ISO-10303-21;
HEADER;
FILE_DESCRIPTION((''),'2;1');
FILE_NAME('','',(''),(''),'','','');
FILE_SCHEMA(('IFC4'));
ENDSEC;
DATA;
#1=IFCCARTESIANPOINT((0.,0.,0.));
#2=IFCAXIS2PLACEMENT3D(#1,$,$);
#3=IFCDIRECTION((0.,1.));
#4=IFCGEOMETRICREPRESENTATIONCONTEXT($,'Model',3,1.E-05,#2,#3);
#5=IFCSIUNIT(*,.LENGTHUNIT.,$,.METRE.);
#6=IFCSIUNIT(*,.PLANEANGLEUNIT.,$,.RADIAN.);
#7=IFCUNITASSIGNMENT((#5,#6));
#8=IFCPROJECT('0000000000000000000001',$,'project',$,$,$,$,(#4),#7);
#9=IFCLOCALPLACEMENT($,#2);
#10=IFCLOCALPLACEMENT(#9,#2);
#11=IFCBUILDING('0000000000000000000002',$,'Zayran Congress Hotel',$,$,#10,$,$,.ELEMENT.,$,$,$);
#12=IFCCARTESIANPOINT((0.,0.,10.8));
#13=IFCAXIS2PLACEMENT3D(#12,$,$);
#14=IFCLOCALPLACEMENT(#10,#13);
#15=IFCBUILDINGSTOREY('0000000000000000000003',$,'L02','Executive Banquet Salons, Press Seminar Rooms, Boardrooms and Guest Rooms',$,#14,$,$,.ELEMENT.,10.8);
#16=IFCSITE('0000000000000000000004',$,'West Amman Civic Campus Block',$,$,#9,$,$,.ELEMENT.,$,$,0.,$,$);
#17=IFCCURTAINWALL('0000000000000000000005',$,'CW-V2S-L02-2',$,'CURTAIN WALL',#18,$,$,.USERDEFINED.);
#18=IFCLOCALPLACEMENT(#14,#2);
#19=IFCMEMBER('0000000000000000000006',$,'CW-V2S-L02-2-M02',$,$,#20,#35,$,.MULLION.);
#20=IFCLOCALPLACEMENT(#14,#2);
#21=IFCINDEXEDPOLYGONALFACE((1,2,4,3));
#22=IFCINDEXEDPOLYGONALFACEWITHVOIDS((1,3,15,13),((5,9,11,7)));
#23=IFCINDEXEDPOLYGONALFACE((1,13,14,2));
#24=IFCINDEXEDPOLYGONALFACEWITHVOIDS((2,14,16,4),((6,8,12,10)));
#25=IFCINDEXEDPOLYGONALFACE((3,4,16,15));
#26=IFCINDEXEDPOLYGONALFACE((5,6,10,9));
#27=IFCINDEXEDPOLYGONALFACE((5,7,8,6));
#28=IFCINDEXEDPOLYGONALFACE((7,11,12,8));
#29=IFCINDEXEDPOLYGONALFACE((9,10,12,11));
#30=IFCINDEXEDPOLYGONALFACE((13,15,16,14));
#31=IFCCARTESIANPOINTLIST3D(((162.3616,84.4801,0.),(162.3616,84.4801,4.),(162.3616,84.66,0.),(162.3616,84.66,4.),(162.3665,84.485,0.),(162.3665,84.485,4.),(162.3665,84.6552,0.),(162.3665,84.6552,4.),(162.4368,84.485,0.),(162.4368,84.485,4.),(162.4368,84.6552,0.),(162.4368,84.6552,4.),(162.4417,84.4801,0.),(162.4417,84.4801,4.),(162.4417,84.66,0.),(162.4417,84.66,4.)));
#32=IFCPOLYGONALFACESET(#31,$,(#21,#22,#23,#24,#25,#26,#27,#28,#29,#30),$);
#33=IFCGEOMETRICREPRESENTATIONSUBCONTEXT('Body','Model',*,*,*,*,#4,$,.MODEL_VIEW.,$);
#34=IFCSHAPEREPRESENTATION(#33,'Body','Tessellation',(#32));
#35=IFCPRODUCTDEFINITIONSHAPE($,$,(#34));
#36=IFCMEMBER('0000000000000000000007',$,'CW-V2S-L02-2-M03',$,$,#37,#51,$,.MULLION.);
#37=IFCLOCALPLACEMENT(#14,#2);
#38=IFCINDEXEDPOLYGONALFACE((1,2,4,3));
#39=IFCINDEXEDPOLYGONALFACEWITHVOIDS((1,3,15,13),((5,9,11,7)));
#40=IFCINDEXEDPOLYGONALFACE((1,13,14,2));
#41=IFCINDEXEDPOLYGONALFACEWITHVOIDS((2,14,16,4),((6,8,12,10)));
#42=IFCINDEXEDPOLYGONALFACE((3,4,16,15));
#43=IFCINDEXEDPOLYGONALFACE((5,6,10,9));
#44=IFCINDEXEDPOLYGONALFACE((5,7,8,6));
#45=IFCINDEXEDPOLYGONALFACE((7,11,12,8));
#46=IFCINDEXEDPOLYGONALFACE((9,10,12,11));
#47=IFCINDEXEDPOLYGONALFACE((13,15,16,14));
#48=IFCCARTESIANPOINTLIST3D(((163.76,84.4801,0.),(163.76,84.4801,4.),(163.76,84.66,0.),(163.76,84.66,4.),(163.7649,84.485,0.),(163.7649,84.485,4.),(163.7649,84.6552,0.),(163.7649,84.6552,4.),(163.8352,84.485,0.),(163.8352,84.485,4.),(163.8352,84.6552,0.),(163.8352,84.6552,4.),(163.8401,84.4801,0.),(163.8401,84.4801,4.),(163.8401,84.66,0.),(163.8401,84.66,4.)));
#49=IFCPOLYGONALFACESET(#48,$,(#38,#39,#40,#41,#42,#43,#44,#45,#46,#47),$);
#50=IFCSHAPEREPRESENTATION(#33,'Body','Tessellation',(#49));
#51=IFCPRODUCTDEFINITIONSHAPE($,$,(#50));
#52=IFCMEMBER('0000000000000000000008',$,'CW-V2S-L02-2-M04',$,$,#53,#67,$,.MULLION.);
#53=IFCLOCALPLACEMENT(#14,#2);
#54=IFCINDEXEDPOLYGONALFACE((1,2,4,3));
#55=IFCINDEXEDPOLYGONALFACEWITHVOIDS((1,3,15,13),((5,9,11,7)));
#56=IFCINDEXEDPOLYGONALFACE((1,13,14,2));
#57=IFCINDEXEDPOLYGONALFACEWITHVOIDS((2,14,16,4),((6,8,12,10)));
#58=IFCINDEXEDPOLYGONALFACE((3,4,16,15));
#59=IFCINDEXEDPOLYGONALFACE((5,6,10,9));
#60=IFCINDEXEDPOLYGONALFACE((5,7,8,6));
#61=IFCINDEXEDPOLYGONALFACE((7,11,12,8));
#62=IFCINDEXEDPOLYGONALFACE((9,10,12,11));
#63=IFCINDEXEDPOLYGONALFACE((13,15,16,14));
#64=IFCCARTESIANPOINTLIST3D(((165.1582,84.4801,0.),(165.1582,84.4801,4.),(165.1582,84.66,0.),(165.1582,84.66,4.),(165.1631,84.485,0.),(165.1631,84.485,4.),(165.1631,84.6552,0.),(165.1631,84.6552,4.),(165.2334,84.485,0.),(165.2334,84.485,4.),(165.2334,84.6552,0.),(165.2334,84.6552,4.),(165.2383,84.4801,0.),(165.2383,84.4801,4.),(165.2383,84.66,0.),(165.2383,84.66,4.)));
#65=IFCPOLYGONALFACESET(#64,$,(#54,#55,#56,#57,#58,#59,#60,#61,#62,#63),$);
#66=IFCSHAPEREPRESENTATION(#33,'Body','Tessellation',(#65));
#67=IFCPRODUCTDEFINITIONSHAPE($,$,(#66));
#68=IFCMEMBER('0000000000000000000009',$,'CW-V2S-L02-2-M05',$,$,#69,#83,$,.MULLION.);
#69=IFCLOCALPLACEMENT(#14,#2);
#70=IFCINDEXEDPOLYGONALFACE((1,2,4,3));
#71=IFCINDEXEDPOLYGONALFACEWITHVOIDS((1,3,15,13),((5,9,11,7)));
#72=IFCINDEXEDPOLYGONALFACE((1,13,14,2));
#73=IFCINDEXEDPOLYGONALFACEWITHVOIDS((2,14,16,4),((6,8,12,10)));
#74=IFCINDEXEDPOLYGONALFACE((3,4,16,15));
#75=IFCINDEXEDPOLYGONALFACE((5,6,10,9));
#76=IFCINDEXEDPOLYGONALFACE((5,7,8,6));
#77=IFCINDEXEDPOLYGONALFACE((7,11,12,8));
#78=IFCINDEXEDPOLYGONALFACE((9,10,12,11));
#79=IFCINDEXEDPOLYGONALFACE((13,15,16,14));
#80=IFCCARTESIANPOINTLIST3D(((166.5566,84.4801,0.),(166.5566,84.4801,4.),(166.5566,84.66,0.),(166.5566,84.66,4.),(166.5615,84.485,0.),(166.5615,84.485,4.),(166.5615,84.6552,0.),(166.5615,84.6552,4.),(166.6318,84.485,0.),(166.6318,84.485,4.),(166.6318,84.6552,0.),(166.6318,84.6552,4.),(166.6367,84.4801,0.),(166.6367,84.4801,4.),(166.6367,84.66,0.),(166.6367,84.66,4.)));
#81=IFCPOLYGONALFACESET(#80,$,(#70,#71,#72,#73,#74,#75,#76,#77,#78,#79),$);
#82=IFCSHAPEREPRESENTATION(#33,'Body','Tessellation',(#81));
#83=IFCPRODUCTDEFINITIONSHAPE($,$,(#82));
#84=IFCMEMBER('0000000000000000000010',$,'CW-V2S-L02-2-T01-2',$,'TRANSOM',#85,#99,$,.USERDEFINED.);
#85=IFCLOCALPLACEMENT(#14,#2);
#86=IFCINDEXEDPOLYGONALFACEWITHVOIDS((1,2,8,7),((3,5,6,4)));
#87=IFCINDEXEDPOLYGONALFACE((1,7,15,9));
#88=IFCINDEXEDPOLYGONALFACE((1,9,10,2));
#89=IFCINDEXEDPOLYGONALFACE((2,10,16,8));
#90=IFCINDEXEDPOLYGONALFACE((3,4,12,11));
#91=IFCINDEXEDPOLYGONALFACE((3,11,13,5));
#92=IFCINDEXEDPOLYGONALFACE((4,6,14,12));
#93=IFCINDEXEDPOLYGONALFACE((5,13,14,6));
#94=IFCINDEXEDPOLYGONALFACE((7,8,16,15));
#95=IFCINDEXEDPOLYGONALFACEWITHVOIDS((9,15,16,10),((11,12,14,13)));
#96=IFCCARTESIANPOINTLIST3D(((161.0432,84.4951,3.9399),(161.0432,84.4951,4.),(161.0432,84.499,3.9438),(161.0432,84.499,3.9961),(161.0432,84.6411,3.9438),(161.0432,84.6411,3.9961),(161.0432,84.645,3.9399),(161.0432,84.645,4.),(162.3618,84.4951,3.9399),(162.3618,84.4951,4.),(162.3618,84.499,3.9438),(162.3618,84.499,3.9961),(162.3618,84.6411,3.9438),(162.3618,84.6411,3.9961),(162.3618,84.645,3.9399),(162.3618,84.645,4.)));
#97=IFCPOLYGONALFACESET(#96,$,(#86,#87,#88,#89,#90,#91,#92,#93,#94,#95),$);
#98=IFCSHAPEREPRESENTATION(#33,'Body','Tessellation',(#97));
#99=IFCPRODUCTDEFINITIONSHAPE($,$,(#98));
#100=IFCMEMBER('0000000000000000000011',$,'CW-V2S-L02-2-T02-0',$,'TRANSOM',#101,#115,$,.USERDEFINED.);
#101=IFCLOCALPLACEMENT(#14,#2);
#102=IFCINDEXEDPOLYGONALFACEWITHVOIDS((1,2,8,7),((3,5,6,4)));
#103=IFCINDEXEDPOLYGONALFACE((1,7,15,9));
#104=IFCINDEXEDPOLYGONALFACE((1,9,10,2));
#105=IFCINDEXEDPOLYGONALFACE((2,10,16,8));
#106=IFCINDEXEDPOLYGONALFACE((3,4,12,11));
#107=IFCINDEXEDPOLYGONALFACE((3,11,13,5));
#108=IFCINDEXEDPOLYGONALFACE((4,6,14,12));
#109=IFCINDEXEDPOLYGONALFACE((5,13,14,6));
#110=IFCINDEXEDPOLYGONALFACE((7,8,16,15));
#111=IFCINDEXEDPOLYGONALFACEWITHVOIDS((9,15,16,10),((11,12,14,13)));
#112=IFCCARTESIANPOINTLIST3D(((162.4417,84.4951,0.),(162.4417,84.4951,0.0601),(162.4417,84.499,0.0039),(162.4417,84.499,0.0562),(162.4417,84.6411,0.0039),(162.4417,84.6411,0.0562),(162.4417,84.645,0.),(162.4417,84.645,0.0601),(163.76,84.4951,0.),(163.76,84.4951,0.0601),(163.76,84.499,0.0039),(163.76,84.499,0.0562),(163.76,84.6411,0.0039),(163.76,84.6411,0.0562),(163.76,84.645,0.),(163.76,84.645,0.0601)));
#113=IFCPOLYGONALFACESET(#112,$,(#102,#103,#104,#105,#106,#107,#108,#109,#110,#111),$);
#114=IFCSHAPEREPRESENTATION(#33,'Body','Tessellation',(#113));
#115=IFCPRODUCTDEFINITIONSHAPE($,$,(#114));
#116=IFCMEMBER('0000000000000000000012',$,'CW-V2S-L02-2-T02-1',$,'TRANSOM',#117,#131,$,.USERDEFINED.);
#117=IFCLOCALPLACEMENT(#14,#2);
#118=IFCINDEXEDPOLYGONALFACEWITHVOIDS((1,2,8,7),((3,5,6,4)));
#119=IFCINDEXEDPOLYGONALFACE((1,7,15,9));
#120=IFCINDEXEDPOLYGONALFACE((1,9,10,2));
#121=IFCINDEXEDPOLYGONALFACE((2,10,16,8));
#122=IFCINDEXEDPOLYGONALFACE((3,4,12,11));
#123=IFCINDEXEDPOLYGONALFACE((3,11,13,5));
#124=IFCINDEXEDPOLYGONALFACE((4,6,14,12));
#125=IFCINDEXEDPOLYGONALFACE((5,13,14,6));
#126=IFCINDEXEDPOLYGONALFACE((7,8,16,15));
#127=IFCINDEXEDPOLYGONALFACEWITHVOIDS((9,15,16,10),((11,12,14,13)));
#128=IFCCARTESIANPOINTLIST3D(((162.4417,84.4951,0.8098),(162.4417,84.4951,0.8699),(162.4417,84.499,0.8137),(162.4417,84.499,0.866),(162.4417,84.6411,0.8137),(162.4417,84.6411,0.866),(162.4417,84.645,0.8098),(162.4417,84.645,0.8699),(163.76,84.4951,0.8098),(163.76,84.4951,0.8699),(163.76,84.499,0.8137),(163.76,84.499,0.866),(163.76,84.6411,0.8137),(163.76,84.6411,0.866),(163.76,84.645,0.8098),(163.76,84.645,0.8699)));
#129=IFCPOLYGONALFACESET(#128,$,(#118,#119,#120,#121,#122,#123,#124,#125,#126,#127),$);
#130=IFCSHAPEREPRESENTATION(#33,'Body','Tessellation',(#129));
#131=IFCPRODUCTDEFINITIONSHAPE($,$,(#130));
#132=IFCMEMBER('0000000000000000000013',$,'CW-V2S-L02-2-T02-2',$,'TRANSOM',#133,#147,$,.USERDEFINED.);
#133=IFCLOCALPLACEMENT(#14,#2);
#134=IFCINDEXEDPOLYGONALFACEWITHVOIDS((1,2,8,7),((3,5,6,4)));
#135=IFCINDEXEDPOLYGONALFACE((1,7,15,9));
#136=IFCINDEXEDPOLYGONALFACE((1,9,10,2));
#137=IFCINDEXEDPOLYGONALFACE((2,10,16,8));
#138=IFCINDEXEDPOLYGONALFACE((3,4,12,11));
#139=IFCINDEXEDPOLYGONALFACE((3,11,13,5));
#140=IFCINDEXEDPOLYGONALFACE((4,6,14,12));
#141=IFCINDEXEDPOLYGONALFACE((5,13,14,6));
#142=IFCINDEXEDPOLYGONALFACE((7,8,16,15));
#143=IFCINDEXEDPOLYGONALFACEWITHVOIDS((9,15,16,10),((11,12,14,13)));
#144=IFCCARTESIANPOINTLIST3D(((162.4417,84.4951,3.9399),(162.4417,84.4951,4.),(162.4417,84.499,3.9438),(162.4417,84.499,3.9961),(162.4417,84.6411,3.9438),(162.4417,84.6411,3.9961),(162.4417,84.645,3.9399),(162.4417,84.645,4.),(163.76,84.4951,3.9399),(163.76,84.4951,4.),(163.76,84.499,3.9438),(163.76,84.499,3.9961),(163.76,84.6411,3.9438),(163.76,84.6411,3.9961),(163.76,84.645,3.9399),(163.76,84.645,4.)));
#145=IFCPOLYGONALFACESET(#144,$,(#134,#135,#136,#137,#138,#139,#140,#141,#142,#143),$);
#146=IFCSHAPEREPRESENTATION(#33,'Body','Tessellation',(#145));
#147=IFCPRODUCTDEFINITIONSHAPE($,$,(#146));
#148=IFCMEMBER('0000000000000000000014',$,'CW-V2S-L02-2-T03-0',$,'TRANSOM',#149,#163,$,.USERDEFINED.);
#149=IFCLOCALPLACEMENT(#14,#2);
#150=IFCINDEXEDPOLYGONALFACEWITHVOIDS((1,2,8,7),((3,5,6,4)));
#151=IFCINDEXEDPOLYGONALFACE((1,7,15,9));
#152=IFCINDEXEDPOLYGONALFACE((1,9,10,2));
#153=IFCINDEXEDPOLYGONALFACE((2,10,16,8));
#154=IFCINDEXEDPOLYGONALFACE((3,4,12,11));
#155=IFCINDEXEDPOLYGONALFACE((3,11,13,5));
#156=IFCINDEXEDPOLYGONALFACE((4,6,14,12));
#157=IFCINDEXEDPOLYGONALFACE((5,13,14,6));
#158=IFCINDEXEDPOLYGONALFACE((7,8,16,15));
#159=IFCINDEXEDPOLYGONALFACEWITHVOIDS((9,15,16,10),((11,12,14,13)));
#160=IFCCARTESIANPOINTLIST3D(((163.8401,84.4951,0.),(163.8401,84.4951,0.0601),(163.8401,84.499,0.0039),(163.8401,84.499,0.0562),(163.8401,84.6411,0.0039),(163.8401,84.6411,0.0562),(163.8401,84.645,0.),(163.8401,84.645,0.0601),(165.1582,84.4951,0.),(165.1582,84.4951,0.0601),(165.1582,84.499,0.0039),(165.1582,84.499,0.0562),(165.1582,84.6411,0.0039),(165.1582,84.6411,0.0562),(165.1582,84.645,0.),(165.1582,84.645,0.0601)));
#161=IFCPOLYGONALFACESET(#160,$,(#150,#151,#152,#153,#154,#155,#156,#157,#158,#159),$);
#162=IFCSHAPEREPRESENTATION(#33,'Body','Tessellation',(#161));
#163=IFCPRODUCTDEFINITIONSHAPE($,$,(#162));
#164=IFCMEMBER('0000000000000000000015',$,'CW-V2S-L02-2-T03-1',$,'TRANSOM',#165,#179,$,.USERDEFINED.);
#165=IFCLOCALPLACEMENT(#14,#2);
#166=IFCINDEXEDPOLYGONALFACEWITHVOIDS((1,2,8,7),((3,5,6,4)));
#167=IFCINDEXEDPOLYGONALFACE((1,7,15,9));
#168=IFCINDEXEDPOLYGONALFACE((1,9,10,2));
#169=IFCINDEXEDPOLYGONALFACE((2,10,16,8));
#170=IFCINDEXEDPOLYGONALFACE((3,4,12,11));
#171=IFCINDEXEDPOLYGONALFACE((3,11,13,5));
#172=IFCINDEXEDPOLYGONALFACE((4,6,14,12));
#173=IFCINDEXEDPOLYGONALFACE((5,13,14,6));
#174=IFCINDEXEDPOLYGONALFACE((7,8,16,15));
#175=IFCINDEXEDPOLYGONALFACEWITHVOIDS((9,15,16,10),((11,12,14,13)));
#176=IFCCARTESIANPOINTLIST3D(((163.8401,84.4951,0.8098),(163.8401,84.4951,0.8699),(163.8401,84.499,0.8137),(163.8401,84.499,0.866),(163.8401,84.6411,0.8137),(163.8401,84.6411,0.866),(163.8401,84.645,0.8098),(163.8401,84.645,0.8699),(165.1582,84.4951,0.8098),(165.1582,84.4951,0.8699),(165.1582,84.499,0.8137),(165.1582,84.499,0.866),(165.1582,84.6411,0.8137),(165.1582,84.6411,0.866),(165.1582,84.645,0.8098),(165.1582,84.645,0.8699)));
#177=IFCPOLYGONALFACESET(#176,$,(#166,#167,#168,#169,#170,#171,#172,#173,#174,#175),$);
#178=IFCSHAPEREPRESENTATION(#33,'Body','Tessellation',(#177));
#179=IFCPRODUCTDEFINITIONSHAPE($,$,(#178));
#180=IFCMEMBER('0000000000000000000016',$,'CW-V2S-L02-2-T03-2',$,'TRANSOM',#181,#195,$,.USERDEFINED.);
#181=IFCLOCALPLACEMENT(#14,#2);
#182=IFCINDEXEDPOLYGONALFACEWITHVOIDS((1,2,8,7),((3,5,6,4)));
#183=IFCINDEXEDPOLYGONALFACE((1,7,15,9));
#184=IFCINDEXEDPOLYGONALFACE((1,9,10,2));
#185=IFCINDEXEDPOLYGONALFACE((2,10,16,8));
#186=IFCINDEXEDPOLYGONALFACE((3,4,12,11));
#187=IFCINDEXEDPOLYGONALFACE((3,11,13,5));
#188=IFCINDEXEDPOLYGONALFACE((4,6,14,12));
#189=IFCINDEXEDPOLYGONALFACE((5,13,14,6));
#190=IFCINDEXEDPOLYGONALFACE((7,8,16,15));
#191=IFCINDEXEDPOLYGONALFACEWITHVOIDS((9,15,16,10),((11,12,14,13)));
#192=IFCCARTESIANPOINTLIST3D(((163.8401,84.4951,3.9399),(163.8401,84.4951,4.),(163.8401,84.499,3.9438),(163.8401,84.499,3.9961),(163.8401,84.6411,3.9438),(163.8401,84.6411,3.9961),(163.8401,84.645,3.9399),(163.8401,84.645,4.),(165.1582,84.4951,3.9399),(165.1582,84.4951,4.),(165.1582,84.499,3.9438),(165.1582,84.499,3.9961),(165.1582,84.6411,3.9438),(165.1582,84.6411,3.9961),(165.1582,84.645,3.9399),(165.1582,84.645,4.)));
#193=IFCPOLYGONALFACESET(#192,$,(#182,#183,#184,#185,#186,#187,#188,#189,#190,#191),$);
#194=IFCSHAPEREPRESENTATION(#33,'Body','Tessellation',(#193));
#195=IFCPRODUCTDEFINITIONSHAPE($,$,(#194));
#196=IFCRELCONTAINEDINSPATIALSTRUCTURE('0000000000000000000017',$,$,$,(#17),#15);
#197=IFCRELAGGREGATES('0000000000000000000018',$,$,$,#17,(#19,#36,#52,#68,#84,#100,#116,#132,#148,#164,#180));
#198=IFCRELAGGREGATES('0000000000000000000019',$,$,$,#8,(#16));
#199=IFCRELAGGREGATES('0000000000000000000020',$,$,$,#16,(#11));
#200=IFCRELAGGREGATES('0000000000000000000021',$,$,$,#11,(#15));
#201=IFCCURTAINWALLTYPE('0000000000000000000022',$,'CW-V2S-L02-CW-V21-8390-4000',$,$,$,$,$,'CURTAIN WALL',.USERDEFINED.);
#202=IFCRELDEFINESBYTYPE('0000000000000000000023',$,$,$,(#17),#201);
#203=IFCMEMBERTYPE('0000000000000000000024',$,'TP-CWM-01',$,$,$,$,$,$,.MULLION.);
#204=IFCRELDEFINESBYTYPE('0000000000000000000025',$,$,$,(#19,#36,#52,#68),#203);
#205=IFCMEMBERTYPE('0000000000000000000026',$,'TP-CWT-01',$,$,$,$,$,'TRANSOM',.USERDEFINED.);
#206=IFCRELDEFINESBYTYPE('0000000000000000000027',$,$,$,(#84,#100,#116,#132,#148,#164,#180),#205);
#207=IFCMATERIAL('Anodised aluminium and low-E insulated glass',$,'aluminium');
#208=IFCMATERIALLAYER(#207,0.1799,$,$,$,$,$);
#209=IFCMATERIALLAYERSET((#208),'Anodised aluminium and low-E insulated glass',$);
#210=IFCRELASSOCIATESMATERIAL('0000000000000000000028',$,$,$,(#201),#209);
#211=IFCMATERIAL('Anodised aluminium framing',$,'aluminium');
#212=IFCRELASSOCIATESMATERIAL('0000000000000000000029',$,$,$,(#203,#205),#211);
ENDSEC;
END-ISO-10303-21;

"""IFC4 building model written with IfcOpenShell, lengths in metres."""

from ifc_helpers import new_model, si_unit, direction, frame, origin, origin_2d, place, context, subcontext, project, spatial, hollow_rectangle, extrude, material, layer, layer_set, material_profile, profile_set, type_object, element, aggregate, save


model = new_model("IFC4")

# Units and contexts
model_context = context("Model", 3, precision=1e-05, world=origin(), true_north=direction((0.0, 1.0)))
body_context = subcontext(model_context, "Body", "Model", "MODEL_VIEW")
ifc_project = project(units=[si_unit("LENGTHUNIT", "METRE"), si_unit("PLANEANGLEUNIT", "RADIAN")], contexts=[model_context])

# Site, building, storey
site_placement = place(None, origin())
site = spatial("IfcSite", under=ifc_project, at=site_placement, Name="West Amman Civic Campus Block", CompositionType="ELEMENT", RefElevation=0.0)
building_placement = place(site_placement, origin())
building = spatial("IfcBuilding", under=site, at=building_placement, Name="Zayran Congress Hotel", CompositionType="ELEMENT")
storey_placement = place(building_placement, frame((0.0, 0.0, 10.8)))
storey = spatial("IfcBuildingStorey", under=building, at=storey_placement, Name="L02", Description="Executive Banquet Salons, Press Seminar Rooms, Boardrooms and Guest Rooms", CompositionType="ELEMENT", Elevation=10.8)

# Curtain wall, members
ifc_material_1 = material(Name="Anodised aluminium and low-E insulated glass", Category="aluminium")
ifc_layer_1 = layer(ifc_material_1, 0.1799)
ifc_layer_set_1 = layer_set([ifc_layer_1], Name="Anodised aluminium and low-E insulated glass")
curtain_wall_type = type_object("IfcCurtainWallType", Name="CW-V2S-L02-CW-V21-8390-4000", ElementType="CURTAIN WALL", PredefinedType="USERDEFINED", material=ifc_layer_set_1)
curtain_wall_placement = place(storey_placement, origin())
curtain_wall = element("IfcCurtainWall", 1, at=curtain_wall_placement, inside=storey, type_object=curtain_wall_type, Name="CW-V2S-L02-2", ObjectType="CURTAIN WALL", PredefinedType="USERDEFINED")
ifc_material_2 = material(Name="Anodised aluminium framing", Category="aluminium")
ifc_material_profile_1 = material_profile(ifc_material_2, hollow_rectangle(XDim=0.0801, YDim=0.1799, WallThickness=0.0049, at=origin_2d()), Name="RHS 180x80x5")
ifc_profile_set_1 = profile_set([ifc_material_profile_1], Name="Anodised aluminium framing")
member_type_1 = type_object("IfcMemberType", Name="TP-CWM-01", PredefinedType="MULLION", material=ifc_profile_set_1)
member_1_placement = place(storey_placement, frame((162.4016, 84.5701, 0.0), z_axis=(0.0, 0.0, 1.0), x_axis=(1.0, 0.0, 0.0)))
member_1 = element("IfcMember", 2, at=member_1_placement, type_object=member_type_1, Name="CW-V2S-L02-2-M02", PredefinedType="MULLION", context=body_context, shape_type="SweptSolid", body=[
    extrude(hollow_rectangle(XDim=0.0801, YDim=0.1799, WallThickness=0.0049, at=origin_2d()), origin(), (0.0, 0.0, 1.0), 4.0),
])
member_2_placement = place(storey_placement, frame((163.8, 84.5701, 0.0), z_axis=(0.0, 0.0, 1.0), x_axis=(1.0, 0.0, 0.0)))
member_2 = element("IfcMember", 3, at=member_2_placement, type_object=member_type_1, Name="CW-V2S-L02-2-M03", PredefinedType="MULLION", context=body_context, shape_type="SweptSolid", body=[
    extrude(hollow_rectangle(XDim=0.0801, YDim=0.1799, WallThickness=0.0049, at=origin_2d()), origin(), (0.0, 0.0, 1.0), 4.0),
])
member_3_placement = place(storey_placement, frame((165.1982, 84.5701, 0.0), z_axis=(0.0, 0.0, 1.0), x_axis=(1.0, 0.0, 0.0)))
member_3 = element("IfcMember", 4, at=member_3_placement, type_object=member_type_1, Name="CW-V2S-L02-2-M04", PredefinedType="MULLION", context=body_context, shape_type="SweptSolid", body=[
    extrude(hollow_rectangle(XDim=0.0801, YDim=0.1799, WallThickness=0.0049, at=origin_2d()), origin(), (0.0, 0.0, 1.0), 4.0),
])
member_4_placement = place(storey_placement, frame((166.5967, 84.5701, 0.0), z_axis=(0.0, 0.0, 1.0), x_axis=(1.0, 0.0, 0.0)))
member_4 = element("IfcMember", 5, at=member_4_placement, type_object=member_type_1, Name="CW-V2S-L02-2-M05", PredefinedType="MULLION", context=body_context, shape_type="SweptSolid", body=[
    extrude(hollow_rectangle(XDim=0.0801, YDim=0.1799, WallThickness=0.0049, at=origin_2d()), origin(), (0.0, 0.0, 1.0), 4.0),
])
ifc_material_profile_2 = material_profile(ifc_material_2, hollow_rectangle(XDim=0.0601, YDim=0.1499, WallThickness=0.0039, at=origin_2d()), Name="RHS 150x60x4")
ifc_profile_set_2 = profile_set([ifc_material_profile_2], Name="Anodised aluminium framing")
member_type_2 = type_object("IfcMemberType", Name="TP-CWT-01", ElementType="TRANSOM", PredefinedType="USERDEFINED", material=ifc_profile_set_2)
member_5_placement = place(storey_placement, frame((161.0432, 84.5701, 3.97), z_axis=(1.0, 0.0, 0.0), x_axis=(0.0, 0.0, 1.0)))
member_5 = element("IfcMember", 6, at=member_5_placement, type_object=member_type_2, Name="CW-V2S-L02-2-T01-2", ObjectType="TRANSOM", PredefinedType="USERDEFINED", context=body_context, shape_type="SweptSolid", body=[
    extrude(hollow_rectangle(XDim=0.0601, YDim=0.1499, WallThickness=0.0039, at=origin_2d()), origin(), (0.0, 0.0, 1.0), 1.3186),
])
member_6_placement = place(storey_placement, frame((162.4417, 84.5701, 0.03), z_axis=(1.0, 0.0, 0.0), x_axis=(0.0, 0.0, 1.0)))
member_6 = element("IfcMember", 7, at=member_6_placement, type_object=member_type_2, Name="CW-V2S-L02-2-T02-0", ObjectType="TRANSOM", PredefinedType="USERDEFINED", context=body_context, shape_type="SweptSolid", body=[
    extrude(hollow_rectangle(XDim=0.0601, YDim=0.1499, WallThickness=0.0039, at=origin_2d()), origin(), (0.0, 0.0, 1.0), 1.3184),
])
member_7_placement = place(storey_placement, frame((162.4417, 84.5701, 0.8398), z_axis=(1.0, 0.0, 0.0), x_axis=(0.0, 0.0, 1.0)))
member_7 = element("IfcMember", 8, at=member_7_placement, type_object=member_type_2, Name="CW-V2S-L02-2-T02-1", ObjectType="TRANSOM", PredefinedType="USERDEFINED", context=body_context, shape_type="SweptSolid", body=[
    extrude(hollow_rectangle(XDim=0.0601, YDim=0.1499, WallThickness=0.0039, at=origin_2d()), origin(), (0.0, 0.0, 1.0), 1.3184),
])
member_8_placement = place(storey_placement, frame((162.4417, 84.5701, 3.97), z_axis=(1.0, 0.0, 0.0), x_axis=(0.0, 0.0, 1.0)))
member_8 = element("IfcMember", 9, at=member_8_placement, type_object=member_type_2, Name="CW-V2S-L02-2-T02-2", ObjectType="TRANSOM", PredefinedType="USERDEFINED", context=body_context, shape_type="SweptSolid", body=[
    extrude(hollow_rectangle(XDim=0.0601, YDim=0.1499, WallThickness=0.0039, at=origin_2d()), origin(), (0.0, 0.0, 1.0), 1.3184),
])
member_9_placement = place(storey_placement, frame((163.8401, 84.5701, 0.03), z_axis=(1.0, 0.0, 0.0), x_axis=(0.0, 0.0, 1.0)))
member_9 = element("IfcMember", 10, at=member_9_placement, type_object=member_type_2, Name="CW-V2S-L02-2-T03-0", ObjectType="TRANSOM", PredefinedType="USERDEFINED", context=body_context, shape_type="SweptSolid", body=[
    extrude(hollow_rectangle(XDim=0.0601, YDim=0.1499, WallThickness=0.0039, at=origin_2d()), origin(), (0.0, 0.0, 1.0), 1.3181),
])
member_10_placement = place(storey_placement, frame((163.8401, 84.5701, 0.8398), z_axis=(1.0, 0.0, 0.0), x_axis=(0.0, 0.0, 1.0)))
member_10 = element("IfcMember", 11, at=member_10_placement, type_object=member_type_2, Name="CW-V2S-L02-2-T03-1", ObjectType="TRANSOM", PredefinedType="USERDEFINED", context=body_context, shape_type="SweptSolid", body=[
    extrude(hollow_rectangle(XDim=0.0601, YDim=0.1499, WallThickness=0.0039, at=origin_2d()), origin(), (0.0, 0.0, 1.0), 1.3181),
])
member_11_placement = place(storey_placement, frame((163.8401, 84.5701, 3.97), z_axis=(1.0, 0.0, 0.0), x_axis=(0.0, 0.0, 1.0)))
member_11 = element("IfcMember", 12, at=member_11_placement, type_object=member_type_2, Name="CW-V2S-L02-2-T03-2", ObjectType="TRANSOM", PredefinedType="USERDEFINED", context=body_context, shape_type="SweptSolid", body=[
    extrude(hollow_rectangle(XDim=0.0601, YDim=0.1499, WallThickness=0.0039, at=origin_2d()), origin(), (0.0, 0.0, 1.0), 1.3181),
])
aggregate(curtain_wall, [member_1, member_2, member_3, member_4, member_5, member_6, member_7, member_8, member_9, member_10, member_11])

save(model, "model.ifc")
